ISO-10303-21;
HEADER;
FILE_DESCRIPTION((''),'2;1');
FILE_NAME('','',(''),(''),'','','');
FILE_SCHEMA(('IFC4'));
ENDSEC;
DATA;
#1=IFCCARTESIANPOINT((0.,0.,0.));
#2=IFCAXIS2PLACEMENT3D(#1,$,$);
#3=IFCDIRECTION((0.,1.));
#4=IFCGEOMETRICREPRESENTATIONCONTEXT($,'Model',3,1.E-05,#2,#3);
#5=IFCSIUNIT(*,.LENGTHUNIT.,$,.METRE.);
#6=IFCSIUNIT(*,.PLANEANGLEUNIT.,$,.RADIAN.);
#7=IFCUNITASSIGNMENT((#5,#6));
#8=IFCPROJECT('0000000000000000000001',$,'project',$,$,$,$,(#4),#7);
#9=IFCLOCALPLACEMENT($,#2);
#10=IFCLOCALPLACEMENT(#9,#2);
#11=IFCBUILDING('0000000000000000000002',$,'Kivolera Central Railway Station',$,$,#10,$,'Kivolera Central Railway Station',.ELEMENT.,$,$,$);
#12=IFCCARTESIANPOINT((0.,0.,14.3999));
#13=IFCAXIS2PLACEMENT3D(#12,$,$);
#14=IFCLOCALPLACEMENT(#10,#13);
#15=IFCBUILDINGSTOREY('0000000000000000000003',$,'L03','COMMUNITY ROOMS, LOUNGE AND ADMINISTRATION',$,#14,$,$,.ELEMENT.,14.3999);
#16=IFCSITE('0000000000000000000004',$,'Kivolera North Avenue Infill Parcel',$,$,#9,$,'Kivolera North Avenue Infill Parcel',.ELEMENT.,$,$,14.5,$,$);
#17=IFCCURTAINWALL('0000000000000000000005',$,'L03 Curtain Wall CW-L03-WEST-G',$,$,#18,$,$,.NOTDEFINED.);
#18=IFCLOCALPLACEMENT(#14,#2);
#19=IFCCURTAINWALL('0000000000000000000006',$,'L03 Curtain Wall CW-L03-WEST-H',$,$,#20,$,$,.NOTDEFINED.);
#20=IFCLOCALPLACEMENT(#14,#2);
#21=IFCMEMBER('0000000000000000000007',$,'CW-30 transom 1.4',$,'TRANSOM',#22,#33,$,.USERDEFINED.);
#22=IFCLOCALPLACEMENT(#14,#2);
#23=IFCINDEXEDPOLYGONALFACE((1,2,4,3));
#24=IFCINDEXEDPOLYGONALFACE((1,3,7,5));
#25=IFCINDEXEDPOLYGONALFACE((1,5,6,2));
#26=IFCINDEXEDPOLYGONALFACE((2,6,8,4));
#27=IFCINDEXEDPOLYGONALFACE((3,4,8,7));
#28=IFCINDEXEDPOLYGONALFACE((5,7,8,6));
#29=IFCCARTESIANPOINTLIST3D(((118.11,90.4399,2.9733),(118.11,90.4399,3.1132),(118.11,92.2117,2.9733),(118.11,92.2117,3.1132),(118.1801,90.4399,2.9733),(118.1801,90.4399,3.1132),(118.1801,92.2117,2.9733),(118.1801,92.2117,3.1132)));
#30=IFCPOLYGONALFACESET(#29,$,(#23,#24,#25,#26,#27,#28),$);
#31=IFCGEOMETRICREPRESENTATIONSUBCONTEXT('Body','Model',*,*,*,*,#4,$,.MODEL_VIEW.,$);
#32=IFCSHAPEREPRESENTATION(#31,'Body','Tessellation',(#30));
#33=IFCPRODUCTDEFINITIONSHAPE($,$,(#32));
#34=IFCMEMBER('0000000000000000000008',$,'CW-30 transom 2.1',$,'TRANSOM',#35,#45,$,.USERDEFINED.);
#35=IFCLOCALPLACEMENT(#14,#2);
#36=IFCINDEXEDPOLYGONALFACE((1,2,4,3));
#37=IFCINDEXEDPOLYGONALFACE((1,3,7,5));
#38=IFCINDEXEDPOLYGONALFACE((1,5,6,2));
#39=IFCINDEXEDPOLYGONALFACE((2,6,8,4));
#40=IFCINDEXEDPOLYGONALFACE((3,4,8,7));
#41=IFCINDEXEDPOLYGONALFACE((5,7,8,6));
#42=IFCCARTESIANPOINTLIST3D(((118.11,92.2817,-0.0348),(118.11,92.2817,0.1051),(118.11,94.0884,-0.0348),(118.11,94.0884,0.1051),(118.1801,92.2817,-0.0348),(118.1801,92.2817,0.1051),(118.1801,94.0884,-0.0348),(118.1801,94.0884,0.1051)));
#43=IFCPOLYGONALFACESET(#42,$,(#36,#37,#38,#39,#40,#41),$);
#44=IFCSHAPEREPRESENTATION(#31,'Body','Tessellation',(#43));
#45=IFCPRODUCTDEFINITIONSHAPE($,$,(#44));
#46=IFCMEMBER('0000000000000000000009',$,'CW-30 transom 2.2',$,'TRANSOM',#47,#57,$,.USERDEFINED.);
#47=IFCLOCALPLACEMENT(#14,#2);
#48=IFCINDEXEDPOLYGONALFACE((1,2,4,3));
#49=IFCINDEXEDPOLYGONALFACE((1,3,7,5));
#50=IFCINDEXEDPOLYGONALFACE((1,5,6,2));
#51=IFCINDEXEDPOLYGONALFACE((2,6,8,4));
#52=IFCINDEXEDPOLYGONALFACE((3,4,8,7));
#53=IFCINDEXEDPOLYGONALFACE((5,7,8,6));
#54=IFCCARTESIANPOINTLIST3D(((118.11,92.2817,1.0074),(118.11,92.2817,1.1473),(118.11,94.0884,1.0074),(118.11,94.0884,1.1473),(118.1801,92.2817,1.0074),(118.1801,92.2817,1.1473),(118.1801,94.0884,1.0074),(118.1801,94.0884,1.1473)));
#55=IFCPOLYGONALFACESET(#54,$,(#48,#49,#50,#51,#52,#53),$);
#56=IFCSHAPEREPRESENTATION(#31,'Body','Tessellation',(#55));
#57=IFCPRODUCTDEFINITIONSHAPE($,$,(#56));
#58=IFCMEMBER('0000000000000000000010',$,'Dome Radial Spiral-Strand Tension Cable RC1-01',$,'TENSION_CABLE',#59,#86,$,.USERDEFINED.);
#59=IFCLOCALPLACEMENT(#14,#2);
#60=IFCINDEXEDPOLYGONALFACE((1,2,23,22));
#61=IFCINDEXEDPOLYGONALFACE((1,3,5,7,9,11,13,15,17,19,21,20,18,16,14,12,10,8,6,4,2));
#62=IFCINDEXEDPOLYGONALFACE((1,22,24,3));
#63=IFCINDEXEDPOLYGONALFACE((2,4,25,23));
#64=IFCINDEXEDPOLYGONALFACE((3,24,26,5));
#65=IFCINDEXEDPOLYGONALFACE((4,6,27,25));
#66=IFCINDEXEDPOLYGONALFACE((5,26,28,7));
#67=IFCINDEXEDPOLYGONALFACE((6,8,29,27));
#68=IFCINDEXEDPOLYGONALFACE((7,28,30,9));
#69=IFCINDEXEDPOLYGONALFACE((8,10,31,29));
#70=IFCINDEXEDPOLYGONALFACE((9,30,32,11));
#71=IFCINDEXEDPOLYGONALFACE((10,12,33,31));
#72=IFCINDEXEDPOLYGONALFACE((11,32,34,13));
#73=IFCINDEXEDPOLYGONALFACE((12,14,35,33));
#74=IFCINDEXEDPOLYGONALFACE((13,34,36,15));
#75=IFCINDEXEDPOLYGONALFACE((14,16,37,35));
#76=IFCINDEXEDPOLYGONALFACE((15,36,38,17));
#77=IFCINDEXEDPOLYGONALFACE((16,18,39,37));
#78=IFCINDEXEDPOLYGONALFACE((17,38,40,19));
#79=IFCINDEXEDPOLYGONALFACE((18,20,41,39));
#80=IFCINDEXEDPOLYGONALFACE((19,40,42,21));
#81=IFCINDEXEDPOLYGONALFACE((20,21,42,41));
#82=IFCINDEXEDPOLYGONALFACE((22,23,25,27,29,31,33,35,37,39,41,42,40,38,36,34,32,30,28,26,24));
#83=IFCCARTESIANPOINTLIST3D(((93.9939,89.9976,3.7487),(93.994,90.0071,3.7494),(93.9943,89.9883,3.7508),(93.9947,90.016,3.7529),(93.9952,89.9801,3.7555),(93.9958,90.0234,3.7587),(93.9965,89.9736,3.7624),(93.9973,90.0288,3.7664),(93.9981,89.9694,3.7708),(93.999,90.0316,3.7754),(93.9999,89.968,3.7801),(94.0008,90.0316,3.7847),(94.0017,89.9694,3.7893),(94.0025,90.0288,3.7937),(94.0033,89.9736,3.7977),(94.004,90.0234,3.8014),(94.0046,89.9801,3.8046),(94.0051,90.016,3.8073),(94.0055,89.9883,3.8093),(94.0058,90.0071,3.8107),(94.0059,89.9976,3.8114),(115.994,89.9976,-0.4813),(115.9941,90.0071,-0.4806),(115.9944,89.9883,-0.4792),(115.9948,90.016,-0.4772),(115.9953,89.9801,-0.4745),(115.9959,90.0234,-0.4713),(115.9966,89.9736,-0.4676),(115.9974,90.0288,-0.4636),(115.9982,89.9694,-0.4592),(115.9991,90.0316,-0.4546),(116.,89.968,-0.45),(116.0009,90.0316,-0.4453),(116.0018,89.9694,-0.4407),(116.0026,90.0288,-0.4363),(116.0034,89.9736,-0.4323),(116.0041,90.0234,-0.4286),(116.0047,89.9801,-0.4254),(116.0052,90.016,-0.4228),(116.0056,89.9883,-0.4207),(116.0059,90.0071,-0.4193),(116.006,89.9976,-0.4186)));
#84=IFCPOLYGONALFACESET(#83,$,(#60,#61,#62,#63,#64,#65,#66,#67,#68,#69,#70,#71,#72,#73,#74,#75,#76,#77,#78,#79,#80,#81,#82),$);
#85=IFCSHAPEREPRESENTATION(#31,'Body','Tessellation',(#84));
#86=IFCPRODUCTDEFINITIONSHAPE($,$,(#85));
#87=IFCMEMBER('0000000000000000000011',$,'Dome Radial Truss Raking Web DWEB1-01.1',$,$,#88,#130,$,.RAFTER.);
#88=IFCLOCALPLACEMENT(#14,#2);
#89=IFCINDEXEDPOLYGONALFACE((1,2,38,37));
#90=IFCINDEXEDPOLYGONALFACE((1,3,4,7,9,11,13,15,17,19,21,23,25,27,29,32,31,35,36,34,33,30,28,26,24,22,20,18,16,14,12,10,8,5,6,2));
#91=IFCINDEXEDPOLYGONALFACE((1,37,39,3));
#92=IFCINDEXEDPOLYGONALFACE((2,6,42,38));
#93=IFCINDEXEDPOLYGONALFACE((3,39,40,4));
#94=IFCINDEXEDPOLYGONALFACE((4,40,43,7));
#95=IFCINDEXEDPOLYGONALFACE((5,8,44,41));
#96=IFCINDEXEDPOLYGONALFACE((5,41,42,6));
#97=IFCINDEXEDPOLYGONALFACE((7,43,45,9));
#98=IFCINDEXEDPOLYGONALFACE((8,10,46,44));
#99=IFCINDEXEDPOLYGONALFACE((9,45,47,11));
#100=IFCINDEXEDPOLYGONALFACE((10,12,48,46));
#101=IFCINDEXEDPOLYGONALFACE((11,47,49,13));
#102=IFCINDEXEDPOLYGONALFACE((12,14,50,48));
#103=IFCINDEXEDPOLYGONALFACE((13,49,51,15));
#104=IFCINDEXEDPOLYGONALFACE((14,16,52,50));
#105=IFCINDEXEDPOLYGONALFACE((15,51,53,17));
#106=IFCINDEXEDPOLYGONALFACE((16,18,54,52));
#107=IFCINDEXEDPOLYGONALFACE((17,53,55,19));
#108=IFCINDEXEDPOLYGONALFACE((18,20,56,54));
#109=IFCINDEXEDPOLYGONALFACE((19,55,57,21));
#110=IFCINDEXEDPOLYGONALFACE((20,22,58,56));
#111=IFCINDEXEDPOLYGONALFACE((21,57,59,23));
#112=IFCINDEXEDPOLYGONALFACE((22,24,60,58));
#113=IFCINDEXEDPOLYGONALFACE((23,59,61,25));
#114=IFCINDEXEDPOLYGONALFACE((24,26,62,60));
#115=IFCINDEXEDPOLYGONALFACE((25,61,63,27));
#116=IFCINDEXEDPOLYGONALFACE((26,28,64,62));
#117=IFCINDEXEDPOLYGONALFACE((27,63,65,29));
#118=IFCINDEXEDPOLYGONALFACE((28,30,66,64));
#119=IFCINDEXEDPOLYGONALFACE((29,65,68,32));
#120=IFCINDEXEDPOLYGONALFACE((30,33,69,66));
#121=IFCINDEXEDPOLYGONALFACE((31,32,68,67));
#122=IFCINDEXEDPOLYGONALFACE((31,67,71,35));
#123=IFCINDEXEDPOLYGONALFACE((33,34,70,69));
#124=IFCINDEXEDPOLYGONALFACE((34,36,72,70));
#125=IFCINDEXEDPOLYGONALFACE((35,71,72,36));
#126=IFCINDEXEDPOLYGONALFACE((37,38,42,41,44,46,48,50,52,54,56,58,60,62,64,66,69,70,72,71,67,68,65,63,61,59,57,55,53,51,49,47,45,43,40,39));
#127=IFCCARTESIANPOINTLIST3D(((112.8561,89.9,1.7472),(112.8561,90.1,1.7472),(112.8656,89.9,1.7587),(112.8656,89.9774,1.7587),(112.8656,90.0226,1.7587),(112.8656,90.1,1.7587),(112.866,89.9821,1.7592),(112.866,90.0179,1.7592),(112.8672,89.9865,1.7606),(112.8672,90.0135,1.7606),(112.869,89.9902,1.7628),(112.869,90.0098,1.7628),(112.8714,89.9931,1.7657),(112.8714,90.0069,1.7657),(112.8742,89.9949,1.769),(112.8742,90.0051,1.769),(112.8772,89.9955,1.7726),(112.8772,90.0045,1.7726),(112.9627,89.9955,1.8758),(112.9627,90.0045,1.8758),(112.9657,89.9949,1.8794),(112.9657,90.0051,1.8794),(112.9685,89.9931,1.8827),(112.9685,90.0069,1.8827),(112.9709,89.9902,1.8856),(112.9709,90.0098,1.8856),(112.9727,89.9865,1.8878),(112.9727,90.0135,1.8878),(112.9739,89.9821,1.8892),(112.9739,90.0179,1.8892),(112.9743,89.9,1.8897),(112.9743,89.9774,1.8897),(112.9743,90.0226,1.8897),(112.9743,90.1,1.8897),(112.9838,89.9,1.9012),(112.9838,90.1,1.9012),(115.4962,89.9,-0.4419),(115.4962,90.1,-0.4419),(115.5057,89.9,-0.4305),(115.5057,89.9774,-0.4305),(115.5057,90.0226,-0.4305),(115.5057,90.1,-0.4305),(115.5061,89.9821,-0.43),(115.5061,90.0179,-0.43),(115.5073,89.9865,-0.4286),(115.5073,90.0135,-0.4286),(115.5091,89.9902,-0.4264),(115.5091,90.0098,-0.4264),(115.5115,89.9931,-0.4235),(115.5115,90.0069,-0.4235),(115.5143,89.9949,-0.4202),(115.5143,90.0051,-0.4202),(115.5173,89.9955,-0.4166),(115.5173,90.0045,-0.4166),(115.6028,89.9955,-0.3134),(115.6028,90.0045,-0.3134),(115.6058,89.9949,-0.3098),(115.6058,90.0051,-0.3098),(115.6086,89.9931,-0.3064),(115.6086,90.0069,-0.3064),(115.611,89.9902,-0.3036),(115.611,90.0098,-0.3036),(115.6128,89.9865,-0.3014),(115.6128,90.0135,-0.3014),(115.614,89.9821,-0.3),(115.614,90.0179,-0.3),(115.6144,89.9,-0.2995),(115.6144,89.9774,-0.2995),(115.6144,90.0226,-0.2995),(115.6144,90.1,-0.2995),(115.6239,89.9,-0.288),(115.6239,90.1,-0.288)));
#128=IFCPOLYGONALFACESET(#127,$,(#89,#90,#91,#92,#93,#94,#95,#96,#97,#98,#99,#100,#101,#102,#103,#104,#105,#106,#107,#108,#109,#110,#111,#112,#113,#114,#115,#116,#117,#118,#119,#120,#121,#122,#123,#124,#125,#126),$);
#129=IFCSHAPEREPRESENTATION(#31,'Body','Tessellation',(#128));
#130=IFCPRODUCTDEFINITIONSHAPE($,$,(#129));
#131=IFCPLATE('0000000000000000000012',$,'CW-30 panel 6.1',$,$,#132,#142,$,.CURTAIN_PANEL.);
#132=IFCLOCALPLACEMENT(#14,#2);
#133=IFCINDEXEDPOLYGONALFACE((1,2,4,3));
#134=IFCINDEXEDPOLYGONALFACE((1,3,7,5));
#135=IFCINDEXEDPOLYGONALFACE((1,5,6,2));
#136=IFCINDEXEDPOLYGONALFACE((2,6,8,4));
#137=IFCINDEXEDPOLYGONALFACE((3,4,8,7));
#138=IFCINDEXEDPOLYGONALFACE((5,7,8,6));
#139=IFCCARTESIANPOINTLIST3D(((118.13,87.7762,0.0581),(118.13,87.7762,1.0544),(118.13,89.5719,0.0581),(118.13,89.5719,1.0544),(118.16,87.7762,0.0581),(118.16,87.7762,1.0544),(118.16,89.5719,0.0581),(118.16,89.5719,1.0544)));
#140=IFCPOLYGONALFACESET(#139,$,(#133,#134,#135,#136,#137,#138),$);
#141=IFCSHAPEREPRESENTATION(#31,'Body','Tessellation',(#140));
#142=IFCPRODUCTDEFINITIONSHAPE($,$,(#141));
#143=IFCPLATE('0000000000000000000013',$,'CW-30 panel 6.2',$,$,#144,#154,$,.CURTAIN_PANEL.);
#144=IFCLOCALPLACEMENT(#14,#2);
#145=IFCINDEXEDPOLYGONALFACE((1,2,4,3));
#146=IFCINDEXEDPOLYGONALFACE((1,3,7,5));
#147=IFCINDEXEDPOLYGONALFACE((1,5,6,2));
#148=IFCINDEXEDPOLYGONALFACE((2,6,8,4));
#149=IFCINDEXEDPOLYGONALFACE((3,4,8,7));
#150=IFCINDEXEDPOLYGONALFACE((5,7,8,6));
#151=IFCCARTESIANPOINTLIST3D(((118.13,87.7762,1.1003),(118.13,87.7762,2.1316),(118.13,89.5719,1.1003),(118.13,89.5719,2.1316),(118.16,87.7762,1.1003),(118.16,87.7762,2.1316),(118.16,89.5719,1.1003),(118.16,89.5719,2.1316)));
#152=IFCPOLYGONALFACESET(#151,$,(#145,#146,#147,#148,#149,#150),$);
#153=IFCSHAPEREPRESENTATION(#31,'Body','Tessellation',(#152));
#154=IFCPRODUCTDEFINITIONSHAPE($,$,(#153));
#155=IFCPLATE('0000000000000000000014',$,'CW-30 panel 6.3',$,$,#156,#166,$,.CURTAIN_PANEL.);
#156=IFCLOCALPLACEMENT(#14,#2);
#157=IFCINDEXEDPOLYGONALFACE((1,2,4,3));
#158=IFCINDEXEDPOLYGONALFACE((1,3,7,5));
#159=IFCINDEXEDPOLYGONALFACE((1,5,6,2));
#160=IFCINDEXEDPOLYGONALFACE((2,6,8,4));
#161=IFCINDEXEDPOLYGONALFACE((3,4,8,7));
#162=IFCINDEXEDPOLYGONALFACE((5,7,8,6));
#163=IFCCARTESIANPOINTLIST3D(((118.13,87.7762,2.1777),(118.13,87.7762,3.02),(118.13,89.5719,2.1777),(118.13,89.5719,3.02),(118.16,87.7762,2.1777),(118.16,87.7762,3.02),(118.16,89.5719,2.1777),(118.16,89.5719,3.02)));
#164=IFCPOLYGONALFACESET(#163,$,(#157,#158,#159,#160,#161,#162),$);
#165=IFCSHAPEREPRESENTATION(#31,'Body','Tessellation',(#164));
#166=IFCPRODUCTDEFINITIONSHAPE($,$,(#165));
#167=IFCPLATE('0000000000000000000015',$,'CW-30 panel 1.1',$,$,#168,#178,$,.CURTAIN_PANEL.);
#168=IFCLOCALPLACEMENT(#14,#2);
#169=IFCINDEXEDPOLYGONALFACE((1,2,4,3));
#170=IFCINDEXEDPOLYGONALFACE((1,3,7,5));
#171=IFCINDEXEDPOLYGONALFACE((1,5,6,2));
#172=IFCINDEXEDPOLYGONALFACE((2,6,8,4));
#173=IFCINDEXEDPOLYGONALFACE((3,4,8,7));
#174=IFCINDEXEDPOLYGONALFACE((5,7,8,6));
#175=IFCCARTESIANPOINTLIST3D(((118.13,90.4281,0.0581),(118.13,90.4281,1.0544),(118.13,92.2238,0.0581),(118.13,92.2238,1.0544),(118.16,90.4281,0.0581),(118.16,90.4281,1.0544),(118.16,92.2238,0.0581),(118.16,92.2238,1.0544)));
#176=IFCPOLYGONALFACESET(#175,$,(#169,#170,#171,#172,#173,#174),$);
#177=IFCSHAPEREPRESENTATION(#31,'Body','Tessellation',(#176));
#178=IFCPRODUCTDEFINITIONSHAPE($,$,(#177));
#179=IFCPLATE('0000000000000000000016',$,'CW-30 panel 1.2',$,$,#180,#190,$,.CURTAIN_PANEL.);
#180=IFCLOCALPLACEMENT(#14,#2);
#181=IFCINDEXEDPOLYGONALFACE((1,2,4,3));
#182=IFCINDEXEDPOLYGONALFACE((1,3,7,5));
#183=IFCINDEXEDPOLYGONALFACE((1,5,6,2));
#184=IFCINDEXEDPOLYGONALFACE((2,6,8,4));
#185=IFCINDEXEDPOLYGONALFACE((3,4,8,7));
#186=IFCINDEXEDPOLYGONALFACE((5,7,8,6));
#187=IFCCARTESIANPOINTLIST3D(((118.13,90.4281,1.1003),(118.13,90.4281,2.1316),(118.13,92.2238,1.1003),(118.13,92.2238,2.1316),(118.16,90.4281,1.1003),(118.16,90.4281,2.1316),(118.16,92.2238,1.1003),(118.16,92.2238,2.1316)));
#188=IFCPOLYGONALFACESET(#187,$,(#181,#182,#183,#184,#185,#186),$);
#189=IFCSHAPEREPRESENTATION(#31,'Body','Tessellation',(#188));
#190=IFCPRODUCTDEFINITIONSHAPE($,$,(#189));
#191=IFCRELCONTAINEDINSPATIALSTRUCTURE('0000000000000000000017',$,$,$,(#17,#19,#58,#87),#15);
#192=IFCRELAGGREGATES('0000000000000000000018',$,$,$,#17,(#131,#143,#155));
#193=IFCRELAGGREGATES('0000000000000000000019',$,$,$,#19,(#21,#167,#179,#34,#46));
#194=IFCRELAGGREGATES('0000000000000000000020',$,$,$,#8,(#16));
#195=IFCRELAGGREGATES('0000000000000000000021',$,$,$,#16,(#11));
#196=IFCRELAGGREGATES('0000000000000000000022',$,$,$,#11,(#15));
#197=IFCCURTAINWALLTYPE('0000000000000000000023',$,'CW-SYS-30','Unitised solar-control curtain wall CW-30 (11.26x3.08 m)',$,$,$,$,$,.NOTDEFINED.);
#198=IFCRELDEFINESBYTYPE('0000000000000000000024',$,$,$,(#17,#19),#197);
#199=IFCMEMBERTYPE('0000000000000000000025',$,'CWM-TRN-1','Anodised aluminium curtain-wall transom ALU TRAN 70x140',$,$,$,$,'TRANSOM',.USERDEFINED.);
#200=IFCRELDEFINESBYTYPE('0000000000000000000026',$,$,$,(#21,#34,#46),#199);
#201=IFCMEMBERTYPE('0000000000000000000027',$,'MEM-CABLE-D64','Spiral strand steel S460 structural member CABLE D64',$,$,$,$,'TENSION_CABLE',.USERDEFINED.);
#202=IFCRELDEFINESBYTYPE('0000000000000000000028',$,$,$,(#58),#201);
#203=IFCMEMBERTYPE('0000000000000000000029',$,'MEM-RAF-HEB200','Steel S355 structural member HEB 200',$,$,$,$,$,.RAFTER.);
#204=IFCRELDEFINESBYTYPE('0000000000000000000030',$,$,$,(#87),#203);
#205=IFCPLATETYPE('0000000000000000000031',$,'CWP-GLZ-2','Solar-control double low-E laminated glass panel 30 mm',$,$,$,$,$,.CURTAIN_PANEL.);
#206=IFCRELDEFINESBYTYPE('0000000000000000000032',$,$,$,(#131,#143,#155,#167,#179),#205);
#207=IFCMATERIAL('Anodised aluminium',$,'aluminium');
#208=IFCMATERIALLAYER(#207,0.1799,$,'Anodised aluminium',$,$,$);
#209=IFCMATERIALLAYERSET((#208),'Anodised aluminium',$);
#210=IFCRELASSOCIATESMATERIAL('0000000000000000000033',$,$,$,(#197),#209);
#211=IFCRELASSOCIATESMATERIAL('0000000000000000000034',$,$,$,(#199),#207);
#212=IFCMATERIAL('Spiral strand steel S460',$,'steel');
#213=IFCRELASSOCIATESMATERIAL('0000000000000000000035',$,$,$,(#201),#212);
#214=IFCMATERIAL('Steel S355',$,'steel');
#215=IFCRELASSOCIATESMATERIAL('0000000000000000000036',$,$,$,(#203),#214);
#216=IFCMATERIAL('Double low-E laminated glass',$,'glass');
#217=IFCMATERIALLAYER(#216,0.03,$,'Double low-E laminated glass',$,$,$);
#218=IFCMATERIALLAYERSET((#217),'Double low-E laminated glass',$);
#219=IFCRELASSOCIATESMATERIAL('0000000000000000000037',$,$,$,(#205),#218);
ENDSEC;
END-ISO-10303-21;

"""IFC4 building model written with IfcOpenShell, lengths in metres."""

from ifc_helpers import new_model, si_unit, direction, frame, origin, origin_2d, place, context, subcontext, project, spatial, rectangle, circle, i_section, extrude, material, layer, layer_set, material_profile, profile_set, type_object, element, aggregate, save


model = new_model("IFC4")

# Units and contexts
model_context = context("Model", 3, precision=1e-05, world=origin(), true_north=direction((0.0, 1.0)))
body_context = subcontext(model_context, "Body", "Model", "MODEL_VIEW")
ifc_project = project(units=[si_unit("LENGTHUNIT", "METRE"), si_unit("PLANEANGLEUNIT", "RADIAN")], contexts=[model_context])

# Site, building, storey
site_placement = place(None, origin())
site = spatial("IfcSite", under=ifc_project, at=site_placement, Name="Kivolera North Avenue Infill Parcel", LongName="Kivolera North Avenue Infill Parcel", CompositionType="ELEMENT", RefElevation=14.5)
building_placement = place(site_placement, origin())
building = spatial("IfcBuilding", under=site, at=building_placement, Name="Kivolera Central Railway Station", LongName="Kivolera Central Railway Station", CompositionType="ELEMENT")
storey_placement = place(building_placement, frame((0.0, 0.0, 14.3999)))
storey = spatial("IfcBuildingStorey", under=building, at=storey_placement, Name="L03", Description="COMMUNITY ROOMS, LOUNGE AND ADMINISTRATION", CompositionType="ELEMENT", Elevation=14.3999)

# Shared definitions
ifc_material_1 = material(Name="Steel S355", Category="steel")

# Curtain wall
ifc_material_2 = material(Name="Anodised aluminium", Category="aluminium")
ifc_layer_1 = layer(ifc_material_2, 0.1799, Name="Anodised aluminium")
ifc_layer_set_1 = layer_set([ifc_layer_1], Name="Anodised aluminium")
curtain_wall_type = type_object("IfcCurtainWallType", Name="CW-SYS-30", Description="Unitised solar-control curtain wall CW-30 (11.26x3.08 m)", PredefinedType="NOTDEFINED", material=ifc_layer_set_1)
curtain_wall_1_placement = place(storey_placement, origin())
curtain_wall_1 = element("IfcCurtainWall", 1, at=curtain_wall_1_placement, inside=storey, type_object=curtain_wall_type, Name="L03 Curtain Wall CW-L03-WEST-G", PredefinedType="NOTDEFINED")

# Curtain wall, members
curtain_wall_2_placement = place(storey_placement, origin())
curtain_wall_2 = element("IfcCurtainWall", 2, at=curtain_wall_2_placement, inside=storey, type_object=curtain_wall_type, Name="L03 Curtain Wall CW-L03-WEST-H", PredefinedType="NOTDEFINED")
ifc_material_profile_1 = material_profile(ifc_material_2, rectangle(XDim=0.0701, YDim=0.1399, at=origin_2d()), Name="ALU TRAN 70x140")
ifc_profile_set_1 = profile_set([ifc_material_profile_1], Name="Anodised aluminium")
member_type_1 = type_object("IfcMemberType", Name="CWM-TRN-1", Description="Anodised aluminium curtain-wall transom ALU TRAN 70x140", ElementType="TRANSOM", PredefinedType="USERDEFINED", material=ifc_profile_set_1)
member_1_placement = place(storey_placement, frame((118.145, 90.4399, 3.0432), z_axis=(0.0, 1.0, 0.0), x_axis=(-1.0, 0.0, 0.0)))
member_1 = element("IfcMember", 3, at=member_1_placement, type_object=member_type_1, Name="CW-30 transom 1.4", ObjectType="TRANSOM", PredefinedType="USERDEFINED", context=body_context, shape_type="SweptSolid", body=[
    extrude(rectangle(XDim=0.0701, YDim=0.1399, at=origin_2d()), origin(), (0.0, 0.0, 1.0), 1.7717),
])
member_2_placement = place(storey_placement, frame((118.145, 92.2817, 0.0352), z_axis=(0.0, 1.0, 0.0), x_axis=(-1.0, 0.0, 0.0)))
member_2 = element("IfcMember", 4, at=member_2_placement, type_object=member_type_1, Name="CW-30 transom 2.1", ObjectType="TRANSOM", PredefinedType="USERDEFINED", context=body_context, shape_type="SweptSolid", body=[
    extrude(rectangle(XDim=0.0701, YDim=0.1399, at=origin_2d()), origin(), (0.0, 0.0, 1.0), 1.8066),
])
member_3_placement = place(storey_placement, frame((118.145, 92.2817, 1.0774), z_axis=(0.0, 1.0, 0.0), x_axis=(-1.0, 0.0, 0.0)))
member_3 = element("IfcMember", 5, at=member_3_placement, type_object=member_type_1, Name="CW-30 transom 2.2", ObjectType="TRANSOM", PredefinedType="USERDEFINED", context=body_context, shape_type="SweptSolid", body=[
    extrude(rectangle(XDim=0.0701, YDim=0.1399, at=origin_2d()), origin(), (0.0, 0.0, 1.0), 1.8066),
])

# Members
ifc_material_3 = material(Name="Spiral strand steel S460", Category="steel")
ifc_material_profile_2 = material_profile(ifc_material_3, circle(Radius=0.032, at=origin_2d()), Name="CABLE D64")
ifc_profile_set_2 = profile_set([ifc_material_profile_2], Name="Spiral strand steel S460")
member_type_2 = type_object("IfcMemberType", Name="MEM-CABLE-D64", Description="Spiral strand steel S460 structural member CABLE D64", ElementType="TENSION_CABLE", PredefinedType="USERDEFINED", material=ifc_profile_set_2)
member_4_placement = place(storey_placement, frame((116.0, 90.0, -0.45), z_axis=(-0.982013, 0.0, 0.188813), x_axis=(0.0, -1.0, 0.0)))
element("IfcMember", 6, at=member_4_placement, inside=storey, type_object=member_type_2, Name="Dome Radial Spiral-Strand Tension Cable RC1-01", ObjectType="TENSION_CABLE", PredefinedType="USERDEFINED", context=body_context, shape_type="SweptSolid", body=[
    extrude(circle(Radius=0.032, at=origin_2d()), origin(), (0.0, 0.0, 1.0), 22.4031),
])
ifc_material_profile_3 = material_profile(ifc_material_1, i_section(OverallWidth=0.2, OverallDepth=0.2, WebThickness=0.009, FlangeThickness=0.0149, FilletRadius=0.0181, at=origin_2d()), Name="HEB 200")
ifc_profile_set_3 = profile_set([ifc_material_profile_3], Name="Steel S355")
member_type_3 = type_object("IfcMemberType", Name="MEM-RAF-HEB200", Description="Steel S355 structural member HEB 200", PredefinedType="RAFTER", material=ifc_profile_set_3)
member_5_placement = place(storey_placement, frame((115.5601, 90.0, -0.365), z_axis=(-0.769783, 0.0, 0.638306), x_axis=(0.0, -1.0, 0.0)))
element("IfcMember", 7, at=member_5_placement, inside=storey, type_object=member_type_3, Name="Dome Radial Truss Raking Web DWEB1-01.1", PredefinedType="RAFTER", context=body_context, shape_type="SweptSolid", body=[
    extrude(i_section(OverallWidth=0.2, OverallDepth=0.2, WebThickness=0.009, FlangeThickness=0.0149, FilletRadius=0.0181, at=origin_2d()), origin(), (0.0, 0.0, 1.0), 3.4297),
])

# Plates
ifc_material_4 = material(Name="Double low-E laminated glass", Category="glass")
ifc_layer_2 = layer(ifc_material_4, 0.03, Name="Double low-E laminated glass")
ifc_layer_set_2 = layer_set([ifc_layer_2], Name="Double low-E laminated glass")
plate_type_1 = type_object("IfcPlateType", Name="CWP-GLZ-2", Description="Solar-control double low-E laminated glass panel 30 mm", PredefinedType="CURTAIN_PANEL", material=ifc_layer_set_2)
plate_1_placement = place(storey_placement, frame((118.145, 88.6741, 0.0581), z_axis=(0.0, 0.0, 1.0), x_axis=(0.0, 1.0, 0.0)))
plate_1 = element("IfcPlate", 8, at=plate_1_placement, type_object=plate_type_1, Name="CW-30 panel 6.1", PredefinedType="CURTAIN_PANEL", context=body_context, shape_type="SweptSolid", body=[
    extrude(rectangle(XDim=1.7957, YDim=0.03, at=origin_2d()), origin(), (0.0, 0.0, 1.0), 0.9963),
])
plate_2_placement = place(storey_placement, frame((118.145, 88.6741, 1.1003), z_axis=(0.0, 0.0, 1.0), x_axis=(0.0, 1.0, 0.0)))
plate_2 = element("IfcPlate", 9, at=plate_2_placement, type_object=plate_type_1, Name="CW-30 panel 6.2", PredefinedType="CURTAIN_PANEL", context=body_context, shape_type="SweptSolid", body=[
    extrude(rectangle(XDim=1.7957, YDim=0.03, at=origin_2d()), origin(), (0.0, 0.0, 1.0), 1.0312),
])
plate_3_placement = place(storey_placement, frame((118.145, 88.6741, 2.1777), z_axis=(0.0, 0.0, 1.0), x_axis=(0.0, 1.0, 0.0)))
plate_3 = element("IfcPlate", 10, at=plate_3_placement, type_object=plate_type_1, Name="CW-30 panel 6.3", PredefinedType="CURTAIN_PANEL", context=body_context, shape_type="SweptSolid", body=[
    extrude(rectangle(XDim=1.7957, YDim=0.03, at=origin_2d()), origin(), (0.0, 0.0, 1.0), 0.8423),
])
aggregate(curtain_wall_1, [plate_1, plate_2, plate_3])
plate_4_placement = place(storey_placement, frame((118.145, 91.3259, 0.0581), z_axis=(0.0, 0.0, 1.0), x_axis=(0.0, 1.0, 0.0)))
plate_4 = element("IfcPlate", 11, at=plate_4_placement, type_object=plate_type_1, Name="CW-30 panel 1.1", PredefinedType="CURTAIN_PANEL", context=body_context, shape_type="SweptSolid", body=[
    extrude(rectangle(XDim=1.7957, YDim=0.03, at=origin_2d()), origin(), (0.0, 0.0, 1.0), 0.9963),
])
plate_5_placement = place(storey_placement, frame((118.145, 91.3259, 1.1003), z_axis=(0.0, 0.0, 1.0), x_axis=(0.0, 1.0, 0.0)))
plate_5 = element("IfcPlate", 12, at=plate_5_placement, type_object=plate_type_1, Name="CW-30 panel 1.2", PredefinedType="CURTAIN_PANEL", context=body_context, shape_type="SweptSolid", body=[
    extrude(rectangle(XDim=1.7957, YDim=0.03, at=origin_2d()), origin(), (0.0, 0.0, 1.0), 1.0312),
])
aggregate(curtain_wall_2, [member_1, plate_4, plate_5, member_2, member_3])

save(model, "model.ifc")
